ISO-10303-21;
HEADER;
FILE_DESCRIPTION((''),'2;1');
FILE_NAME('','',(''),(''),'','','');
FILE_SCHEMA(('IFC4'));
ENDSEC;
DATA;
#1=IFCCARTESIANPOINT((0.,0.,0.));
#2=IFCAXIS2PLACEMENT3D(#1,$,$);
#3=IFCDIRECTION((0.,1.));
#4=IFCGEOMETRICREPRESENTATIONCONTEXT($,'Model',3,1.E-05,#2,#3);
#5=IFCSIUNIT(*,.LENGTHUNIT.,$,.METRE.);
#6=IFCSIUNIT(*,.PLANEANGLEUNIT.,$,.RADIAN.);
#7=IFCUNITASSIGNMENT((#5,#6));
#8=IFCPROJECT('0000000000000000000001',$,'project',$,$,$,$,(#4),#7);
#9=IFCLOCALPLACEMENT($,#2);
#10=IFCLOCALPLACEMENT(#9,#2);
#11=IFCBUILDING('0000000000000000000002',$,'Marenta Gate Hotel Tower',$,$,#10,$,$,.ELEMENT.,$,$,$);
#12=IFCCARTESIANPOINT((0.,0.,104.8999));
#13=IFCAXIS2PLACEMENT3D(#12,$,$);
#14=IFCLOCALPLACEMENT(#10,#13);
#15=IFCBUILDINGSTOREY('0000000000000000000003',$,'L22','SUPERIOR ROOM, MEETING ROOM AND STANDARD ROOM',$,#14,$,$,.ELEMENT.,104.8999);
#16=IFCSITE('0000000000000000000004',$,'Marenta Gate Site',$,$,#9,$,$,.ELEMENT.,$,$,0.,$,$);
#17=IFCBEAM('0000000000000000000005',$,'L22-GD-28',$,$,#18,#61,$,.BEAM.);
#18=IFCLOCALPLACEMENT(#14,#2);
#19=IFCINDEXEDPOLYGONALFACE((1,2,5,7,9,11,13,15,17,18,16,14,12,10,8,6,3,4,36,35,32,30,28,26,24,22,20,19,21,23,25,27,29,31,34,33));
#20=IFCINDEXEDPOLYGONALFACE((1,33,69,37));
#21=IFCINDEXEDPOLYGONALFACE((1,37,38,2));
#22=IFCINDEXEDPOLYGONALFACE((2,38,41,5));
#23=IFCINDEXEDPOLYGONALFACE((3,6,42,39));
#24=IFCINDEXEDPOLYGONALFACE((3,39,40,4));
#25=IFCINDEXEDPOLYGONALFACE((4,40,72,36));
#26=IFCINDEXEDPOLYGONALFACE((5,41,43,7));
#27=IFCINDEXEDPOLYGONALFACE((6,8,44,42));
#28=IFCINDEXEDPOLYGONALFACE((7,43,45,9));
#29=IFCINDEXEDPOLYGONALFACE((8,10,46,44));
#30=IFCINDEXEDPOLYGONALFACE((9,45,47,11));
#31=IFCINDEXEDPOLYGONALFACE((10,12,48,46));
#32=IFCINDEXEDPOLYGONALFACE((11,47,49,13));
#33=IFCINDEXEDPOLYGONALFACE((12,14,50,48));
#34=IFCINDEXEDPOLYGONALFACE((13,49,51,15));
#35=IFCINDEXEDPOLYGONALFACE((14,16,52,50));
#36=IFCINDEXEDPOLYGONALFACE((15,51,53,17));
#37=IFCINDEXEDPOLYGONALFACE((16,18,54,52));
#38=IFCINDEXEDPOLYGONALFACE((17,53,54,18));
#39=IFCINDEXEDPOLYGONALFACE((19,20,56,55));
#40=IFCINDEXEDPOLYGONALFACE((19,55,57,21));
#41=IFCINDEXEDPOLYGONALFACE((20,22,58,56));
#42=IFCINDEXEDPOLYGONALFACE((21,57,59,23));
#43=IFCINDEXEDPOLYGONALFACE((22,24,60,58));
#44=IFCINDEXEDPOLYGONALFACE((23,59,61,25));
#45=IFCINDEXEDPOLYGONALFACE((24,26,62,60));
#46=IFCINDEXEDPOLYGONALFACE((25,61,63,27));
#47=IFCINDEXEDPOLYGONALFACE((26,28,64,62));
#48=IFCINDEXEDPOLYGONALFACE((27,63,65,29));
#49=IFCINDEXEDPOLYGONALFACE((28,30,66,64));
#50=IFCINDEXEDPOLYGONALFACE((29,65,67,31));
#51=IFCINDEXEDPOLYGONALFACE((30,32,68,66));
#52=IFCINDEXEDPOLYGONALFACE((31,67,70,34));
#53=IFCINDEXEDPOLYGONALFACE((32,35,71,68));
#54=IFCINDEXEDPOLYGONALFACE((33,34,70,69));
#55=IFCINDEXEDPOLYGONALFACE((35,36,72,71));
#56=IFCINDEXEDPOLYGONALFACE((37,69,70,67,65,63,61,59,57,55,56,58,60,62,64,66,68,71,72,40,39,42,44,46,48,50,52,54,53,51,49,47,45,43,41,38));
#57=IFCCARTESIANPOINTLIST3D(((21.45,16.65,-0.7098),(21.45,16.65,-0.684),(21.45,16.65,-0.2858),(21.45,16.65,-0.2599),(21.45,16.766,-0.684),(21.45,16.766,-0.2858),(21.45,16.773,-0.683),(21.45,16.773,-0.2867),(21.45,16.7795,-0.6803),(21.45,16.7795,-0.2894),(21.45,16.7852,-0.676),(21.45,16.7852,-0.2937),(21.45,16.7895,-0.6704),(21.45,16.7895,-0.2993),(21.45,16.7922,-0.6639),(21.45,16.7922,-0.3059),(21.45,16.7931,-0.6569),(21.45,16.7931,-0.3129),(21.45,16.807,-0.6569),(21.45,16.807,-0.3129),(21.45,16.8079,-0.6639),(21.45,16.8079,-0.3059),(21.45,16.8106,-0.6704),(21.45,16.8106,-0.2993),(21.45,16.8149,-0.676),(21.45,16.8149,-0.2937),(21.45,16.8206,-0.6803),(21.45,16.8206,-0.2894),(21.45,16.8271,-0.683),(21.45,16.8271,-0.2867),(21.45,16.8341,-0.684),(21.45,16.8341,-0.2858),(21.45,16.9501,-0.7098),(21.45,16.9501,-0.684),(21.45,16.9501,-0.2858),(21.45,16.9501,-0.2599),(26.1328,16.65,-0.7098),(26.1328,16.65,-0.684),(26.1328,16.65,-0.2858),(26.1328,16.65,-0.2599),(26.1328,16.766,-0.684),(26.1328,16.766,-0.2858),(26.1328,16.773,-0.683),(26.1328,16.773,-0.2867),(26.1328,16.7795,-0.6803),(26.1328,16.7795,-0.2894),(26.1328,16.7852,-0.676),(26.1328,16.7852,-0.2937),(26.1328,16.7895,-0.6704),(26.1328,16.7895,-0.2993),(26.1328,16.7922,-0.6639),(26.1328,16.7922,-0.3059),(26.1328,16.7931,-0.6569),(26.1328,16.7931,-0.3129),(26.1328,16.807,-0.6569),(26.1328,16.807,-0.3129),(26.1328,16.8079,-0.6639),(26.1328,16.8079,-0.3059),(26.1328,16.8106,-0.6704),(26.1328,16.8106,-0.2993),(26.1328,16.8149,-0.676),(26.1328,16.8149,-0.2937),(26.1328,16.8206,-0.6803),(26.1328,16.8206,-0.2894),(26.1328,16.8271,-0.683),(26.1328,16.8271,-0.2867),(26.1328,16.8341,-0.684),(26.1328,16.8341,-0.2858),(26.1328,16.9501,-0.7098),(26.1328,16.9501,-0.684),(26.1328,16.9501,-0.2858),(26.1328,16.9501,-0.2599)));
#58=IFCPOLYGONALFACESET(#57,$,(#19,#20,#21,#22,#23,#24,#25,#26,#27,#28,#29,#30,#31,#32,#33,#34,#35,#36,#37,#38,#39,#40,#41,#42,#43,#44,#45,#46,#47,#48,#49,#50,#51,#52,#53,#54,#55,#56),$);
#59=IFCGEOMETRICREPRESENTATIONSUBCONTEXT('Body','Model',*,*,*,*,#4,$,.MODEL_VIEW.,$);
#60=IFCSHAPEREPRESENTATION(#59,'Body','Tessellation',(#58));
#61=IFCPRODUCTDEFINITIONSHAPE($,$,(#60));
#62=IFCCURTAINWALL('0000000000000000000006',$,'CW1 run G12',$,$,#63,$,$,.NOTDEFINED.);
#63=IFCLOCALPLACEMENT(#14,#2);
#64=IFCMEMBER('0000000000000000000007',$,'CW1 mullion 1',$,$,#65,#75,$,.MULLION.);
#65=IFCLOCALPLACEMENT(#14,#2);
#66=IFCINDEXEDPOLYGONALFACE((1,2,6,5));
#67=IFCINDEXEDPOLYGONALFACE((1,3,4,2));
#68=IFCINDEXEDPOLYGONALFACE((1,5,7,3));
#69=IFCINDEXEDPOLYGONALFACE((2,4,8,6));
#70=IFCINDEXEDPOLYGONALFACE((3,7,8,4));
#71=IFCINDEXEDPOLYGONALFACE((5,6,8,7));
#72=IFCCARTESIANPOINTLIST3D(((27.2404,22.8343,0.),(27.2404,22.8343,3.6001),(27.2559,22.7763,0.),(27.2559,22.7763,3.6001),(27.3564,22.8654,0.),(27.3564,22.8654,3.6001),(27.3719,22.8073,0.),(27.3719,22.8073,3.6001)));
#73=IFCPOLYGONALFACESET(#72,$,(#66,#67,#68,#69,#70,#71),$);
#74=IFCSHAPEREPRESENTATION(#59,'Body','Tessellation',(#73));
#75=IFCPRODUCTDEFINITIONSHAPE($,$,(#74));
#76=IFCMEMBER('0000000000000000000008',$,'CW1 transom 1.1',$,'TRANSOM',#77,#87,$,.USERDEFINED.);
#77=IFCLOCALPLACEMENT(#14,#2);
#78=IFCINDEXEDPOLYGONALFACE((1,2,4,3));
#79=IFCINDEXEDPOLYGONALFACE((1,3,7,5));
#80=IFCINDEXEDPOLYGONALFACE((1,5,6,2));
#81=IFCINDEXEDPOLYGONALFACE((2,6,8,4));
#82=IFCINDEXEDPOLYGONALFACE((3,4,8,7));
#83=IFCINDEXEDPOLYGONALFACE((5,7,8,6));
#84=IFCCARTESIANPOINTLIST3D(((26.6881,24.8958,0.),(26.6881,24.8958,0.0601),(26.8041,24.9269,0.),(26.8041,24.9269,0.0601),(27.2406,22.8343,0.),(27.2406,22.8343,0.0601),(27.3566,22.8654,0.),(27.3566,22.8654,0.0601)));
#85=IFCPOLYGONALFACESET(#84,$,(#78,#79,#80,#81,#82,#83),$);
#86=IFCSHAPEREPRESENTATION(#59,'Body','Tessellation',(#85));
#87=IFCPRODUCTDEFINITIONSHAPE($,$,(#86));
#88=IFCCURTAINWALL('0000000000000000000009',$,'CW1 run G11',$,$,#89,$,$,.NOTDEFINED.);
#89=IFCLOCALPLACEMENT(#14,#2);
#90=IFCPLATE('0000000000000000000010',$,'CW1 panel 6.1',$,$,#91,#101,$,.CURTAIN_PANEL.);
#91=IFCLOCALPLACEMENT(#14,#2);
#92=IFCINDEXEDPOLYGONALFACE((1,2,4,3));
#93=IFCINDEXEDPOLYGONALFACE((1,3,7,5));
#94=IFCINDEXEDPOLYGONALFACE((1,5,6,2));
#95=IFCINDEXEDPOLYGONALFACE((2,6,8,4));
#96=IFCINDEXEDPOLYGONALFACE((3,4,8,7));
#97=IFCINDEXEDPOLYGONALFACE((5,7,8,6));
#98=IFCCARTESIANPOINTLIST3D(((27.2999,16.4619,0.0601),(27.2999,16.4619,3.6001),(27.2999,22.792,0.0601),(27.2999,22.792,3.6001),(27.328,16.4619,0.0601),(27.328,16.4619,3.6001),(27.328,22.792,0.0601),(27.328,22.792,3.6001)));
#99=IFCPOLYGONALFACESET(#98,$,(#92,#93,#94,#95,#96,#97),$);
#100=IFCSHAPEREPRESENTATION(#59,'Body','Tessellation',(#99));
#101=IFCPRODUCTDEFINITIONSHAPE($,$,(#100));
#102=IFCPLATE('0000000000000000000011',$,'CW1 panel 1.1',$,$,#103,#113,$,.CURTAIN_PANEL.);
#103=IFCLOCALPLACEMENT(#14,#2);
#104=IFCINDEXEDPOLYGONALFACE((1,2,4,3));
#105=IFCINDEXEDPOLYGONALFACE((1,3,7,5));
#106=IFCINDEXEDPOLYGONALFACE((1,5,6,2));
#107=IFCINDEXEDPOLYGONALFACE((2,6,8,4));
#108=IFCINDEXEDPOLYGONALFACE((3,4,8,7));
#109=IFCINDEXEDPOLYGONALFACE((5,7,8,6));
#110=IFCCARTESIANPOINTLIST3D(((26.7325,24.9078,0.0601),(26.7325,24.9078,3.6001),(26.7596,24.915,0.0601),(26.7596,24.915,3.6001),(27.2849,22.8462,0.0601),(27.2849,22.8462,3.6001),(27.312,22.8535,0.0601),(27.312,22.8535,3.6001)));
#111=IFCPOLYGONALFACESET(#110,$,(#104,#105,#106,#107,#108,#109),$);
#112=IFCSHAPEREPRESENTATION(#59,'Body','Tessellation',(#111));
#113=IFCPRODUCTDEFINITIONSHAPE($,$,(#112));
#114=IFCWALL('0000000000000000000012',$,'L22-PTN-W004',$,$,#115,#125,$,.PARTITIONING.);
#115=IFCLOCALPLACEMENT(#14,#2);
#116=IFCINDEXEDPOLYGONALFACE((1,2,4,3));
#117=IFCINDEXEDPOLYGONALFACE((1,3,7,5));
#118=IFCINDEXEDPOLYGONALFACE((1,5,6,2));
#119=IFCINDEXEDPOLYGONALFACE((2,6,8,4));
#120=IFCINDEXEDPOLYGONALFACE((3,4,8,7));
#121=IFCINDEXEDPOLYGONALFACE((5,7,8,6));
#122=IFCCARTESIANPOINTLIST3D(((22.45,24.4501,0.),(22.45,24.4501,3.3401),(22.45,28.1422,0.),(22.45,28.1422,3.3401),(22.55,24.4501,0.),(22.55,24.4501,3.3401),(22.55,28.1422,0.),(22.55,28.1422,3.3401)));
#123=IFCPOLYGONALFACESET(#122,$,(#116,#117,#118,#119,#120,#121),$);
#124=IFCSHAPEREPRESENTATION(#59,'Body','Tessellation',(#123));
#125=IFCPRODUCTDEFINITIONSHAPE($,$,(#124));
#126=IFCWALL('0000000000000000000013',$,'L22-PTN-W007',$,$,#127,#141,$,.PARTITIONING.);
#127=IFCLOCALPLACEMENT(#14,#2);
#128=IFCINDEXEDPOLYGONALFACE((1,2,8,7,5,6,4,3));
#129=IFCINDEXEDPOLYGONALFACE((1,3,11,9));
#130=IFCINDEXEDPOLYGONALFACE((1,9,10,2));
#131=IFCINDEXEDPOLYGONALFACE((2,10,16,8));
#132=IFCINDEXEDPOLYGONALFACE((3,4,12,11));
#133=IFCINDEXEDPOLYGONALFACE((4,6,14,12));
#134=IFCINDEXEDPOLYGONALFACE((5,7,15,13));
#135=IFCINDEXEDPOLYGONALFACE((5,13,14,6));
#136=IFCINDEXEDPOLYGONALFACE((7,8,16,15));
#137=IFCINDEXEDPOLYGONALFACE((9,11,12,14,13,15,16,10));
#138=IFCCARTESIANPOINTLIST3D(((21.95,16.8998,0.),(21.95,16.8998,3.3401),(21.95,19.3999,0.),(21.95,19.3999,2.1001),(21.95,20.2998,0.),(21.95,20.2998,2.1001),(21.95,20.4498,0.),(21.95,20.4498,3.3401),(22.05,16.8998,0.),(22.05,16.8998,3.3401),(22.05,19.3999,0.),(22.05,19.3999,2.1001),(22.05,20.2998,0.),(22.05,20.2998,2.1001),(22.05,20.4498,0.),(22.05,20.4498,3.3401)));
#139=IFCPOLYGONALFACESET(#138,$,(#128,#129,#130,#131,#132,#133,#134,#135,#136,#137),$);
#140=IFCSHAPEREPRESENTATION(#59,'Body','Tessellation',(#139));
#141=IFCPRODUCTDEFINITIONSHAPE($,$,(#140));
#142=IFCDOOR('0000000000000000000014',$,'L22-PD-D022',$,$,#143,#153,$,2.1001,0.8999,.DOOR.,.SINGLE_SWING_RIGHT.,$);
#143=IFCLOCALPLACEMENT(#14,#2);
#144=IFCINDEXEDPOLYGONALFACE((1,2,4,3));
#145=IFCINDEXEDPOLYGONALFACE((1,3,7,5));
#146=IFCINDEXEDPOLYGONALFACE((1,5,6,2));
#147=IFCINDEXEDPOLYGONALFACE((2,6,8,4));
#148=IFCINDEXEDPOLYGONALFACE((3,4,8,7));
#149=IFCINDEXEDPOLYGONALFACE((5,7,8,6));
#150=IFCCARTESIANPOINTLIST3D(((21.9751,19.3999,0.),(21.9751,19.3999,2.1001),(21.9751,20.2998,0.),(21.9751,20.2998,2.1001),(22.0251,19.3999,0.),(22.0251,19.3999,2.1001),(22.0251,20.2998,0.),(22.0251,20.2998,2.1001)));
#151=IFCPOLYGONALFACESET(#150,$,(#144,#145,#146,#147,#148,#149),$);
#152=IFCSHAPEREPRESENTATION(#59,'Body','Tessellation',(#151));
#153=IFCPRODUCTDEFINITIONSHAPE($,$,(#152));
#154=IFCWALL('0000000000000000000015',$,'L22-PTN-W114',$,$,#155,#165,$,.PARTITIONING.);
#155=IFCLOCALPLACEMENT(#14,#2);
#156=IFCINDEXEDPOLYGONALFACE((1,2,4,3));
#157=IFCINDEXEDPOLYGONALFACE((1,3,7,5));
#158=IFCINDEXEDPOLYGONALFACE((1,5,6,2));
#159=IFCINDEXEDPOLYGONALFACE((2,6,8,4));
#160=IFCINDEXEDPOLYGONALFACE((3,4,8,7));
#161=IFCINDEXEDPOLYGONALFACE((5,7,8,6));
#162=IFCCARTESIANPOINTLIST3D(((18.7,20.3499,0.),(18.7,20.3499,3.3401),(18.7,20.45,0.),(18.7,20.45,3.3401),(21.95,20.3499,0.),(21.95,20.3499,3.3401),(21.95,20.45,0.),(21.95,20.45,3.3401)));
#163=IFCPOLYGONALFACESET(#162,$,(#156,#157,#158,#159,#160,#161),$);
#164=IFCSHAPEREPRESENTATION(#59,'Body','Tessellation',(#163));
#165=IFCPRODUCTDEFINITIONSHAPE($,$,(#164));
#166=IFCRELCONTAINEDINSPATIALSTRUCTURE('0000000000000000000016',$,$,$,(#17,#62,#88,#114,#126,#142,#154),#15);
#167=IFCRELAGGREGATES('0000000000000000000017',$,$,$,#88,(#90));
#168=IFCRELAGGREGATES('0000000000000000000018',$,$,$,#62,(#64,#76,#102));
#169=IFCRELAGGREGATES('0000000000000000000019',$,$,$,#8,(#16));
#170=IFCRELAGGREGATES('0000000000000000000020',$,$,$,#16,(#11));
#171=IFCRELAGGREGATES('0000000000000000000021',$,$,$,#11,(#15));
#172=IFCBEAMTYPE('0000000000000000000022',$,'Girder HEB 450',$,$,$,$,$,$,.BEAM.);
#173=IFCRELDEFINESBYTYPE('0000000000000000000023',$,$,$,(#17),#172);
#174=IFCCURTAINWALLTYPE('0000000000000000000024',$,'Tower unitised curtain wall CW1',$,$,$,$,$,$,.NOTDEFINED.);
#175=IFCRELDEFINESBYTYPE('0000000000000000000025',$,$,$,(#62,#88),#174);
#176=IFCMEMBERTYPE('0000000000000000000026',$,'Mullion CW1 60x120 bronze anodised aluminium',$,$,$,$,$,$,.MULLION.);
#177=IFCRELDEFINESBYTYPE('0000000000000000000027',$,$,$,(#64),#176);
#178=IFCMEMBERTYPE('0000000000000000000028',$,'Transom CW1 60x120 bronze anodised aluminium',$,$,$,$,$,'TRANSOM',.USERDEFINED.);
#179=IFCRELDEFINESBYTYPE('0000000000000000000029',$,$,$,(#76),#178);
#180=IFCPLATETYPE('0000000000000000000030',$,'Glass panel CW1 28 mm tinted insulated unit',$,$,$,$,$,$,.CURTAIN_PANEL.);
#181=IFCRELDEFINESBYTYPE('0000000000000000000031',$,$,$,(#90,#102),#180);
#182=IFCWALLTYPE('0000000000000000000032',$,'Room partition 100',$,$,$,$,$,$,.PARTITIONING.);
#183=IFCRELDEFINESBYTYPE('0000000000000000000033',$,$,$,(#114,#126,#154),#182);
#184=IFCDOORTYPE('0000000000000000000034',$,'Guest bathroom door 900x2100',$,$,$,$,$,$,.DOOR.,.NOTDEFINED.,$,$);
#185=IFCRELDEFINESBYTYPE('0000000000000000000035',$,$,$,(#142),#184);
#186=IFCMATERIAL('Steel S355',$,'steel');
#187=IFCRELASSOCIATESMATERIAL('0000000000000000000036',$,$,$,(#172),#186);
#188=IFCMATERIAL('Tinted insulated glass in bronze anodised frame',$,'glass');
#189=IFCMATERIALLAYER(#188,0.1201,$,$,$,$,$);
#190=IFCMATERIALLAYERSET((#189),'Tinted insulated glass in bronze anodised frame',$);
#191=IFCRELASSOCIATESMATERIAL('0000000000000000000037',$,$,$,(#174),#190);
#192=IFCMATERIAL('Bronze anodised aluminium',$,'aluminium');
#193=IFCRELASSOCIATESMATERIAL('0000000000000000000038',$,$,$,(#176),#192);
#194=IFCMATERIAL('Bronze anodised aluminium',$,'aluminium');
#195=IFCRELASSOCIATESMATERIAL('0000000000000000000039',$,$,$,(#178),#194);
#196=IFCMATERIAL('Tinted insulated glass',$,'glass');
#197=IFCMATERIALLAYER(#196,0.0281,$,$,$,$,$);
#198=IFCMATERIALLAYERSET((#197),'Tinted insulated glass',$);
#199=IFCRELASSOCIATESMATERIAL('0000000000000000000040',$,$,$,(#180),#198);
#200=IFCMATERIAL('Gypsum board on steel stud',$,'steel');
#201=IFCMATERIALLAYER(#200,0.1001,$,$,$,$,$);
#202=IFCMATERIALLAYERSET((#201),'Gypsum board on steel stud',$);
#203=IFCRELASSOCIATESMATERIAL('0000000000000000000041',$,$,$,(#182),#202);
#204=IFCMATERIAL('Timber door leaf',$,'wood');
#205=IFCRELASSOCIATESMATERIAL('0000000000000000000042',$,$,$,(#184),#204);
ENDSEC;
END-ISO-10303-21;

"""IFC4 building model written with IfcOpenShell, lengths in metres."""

from ifc_helpers import new_model, si_unit, direction, frame, frame_2d, origin, origin_2d, place, context, subcontext, project, spatial, rectangle, i_section, extrude, material, layer, layer_set, material_profile, profile_set, type_object, element, fill, aggregate, save


model = new_model("IFC4")

# Units and contexts
model_context = context("Model", 3, precision=1e-05, world=origin(), true_north=direction((0.0, 1.0)))
body_context = subcontext(model_context, "Body", "Model", "MODEL_VIEW")
ifc_project = project(units=[si_unit("LENGTHUNIT", "METRE"), si_unit("PLANEANGLEUNIT", "RADIAN")], contexts=[model_context])

# Site, building, storey
site_placement = place(None, origin())
site = spatial("IfcSite", under=ifc_project, at=site_placement, Name="Marenta Gate Site", CompositionType="ELEMENT", RefElevation=0.0)
building_placement = place(site_placement, origin())
building = spatial("IfcBuilding", under=site, at=building_placement, Name="Marenta Gate Hotel Tower", CompositionType="ELEMENT")
storey_placement = place(building_placement, frame((0.0, 0.0, 104.8999)))
storey = spatial("IfcBuildingStorey", under=building, at=storey_placement, Name="L22", Description="SUPERIOR ROOM, MEETING ROOM AND STANDARD ROOM", CompositionType="ELEMENT", Elevation=104.8999)

# Beam
ifc_material_1 = material(Name="Steel S355", Category="steel")
ifc_material_profile_1 = material_profile(ifc_material_1, i_section(OverallWidth=0.3, OverallDepth=0.45, WebThickness=0.0139, FlangeThickness=0.0259, FilletRadius=0.0271, at=origin_2d()), Name="HEB 450")
ifc_profile_set_1 = profile_set([ifc_material_profile_1], Name="Steel S355")
beam_type_1 = type_object("IfcBeamType", Name="Girder HEB 450", PredefinedType="BEAM", material=ifc_profile_set_1)
beam_1_placement = place(storey_placement, frame((21.45, 16.8, -0.4849), z_axis=(1.0, 0.0, 0.0), x_axis=(0.0, 1.0, 0.0)))
element("IfcBeam", 1, at=beam_1_placement, inside=storey, type_object=beam_type_1, Name="L22-GD-28", PredefinedType="BEAM", context=body_context, shape_type="SweptSolid", body=[
    extrude(i_section(OverallWidth=0.3, OverallDepth=0.45, WebThickness=0.0139, FlangeThickness=0.0259, FilletRadius=0.0271, at=origin_2d()), origin(), (0.0, 0.0, 1.0), 4.6829),
])

# Curtain wall, members
ifc_material_2 = material(Name="Tinted insulated glass in bronze anodised frame", Category="glass")
ifc_layer_1 = layer(ifc_material_2, 0.1201)
ifc_layer_set_1 = layer_set([ifc_layer_1], Name="Tinted insulated glass in bronze anodised frame")
curtain_wall_type = type_object("IfcCurtainWallType", Name="Tower unitised curtain wall CW1", PredefinedType="NOTDEFINED", material=ifc_layer_set_1)
curtain_wall_1_placement = place(storey_placement, origin())
curtain_wall_1 = element("IfcCurtainWall", 2, at=curtain_wall_1_placement, inside=storey, type_object=curtain_wall_type, Name="CW1 run G12", PredefinedType="NOTDEFINED")
ifc_material_3 = material(Name="Bronze anodised aluminium", Category="aluminium")
ifc_material_profile_2 = material_profile(ifc_material_3, rectangle(XDim=0.1201, YDim=0.0601, at=origin_2d()), Name="Mullion CW1 60x120 bronze anodised aluminium")
ifc_profile_set_2 = profile_set([ifc_material_profile_2], Name="Bronze anodised aluminium")
member_type_1 = type_object("IfcMemberType", Name="Mullion CW1 60x120 bronze anodised aluminium", PredefinedType="MULLION", material=ifc_profile_set_2)
member_1_placement = place(storey_placement, frame((27.3062, 22.8208, 0.0), z_axis=(0.0, 0.0, 1.0), x_axis=(-0.965925, -0.258823, 0.0)))
member_1 = element("IfcMember", 3, at=member_1_placement, type_object=member_type_1, Name="CW1 mullion 1", PredefinedType="MULLION", context=body_context, shape_type="SweptSolid", body=[
    extrude(rectangle(XDim=0.1201, YDim=0.0601, at=origin_2d()), origin(), (0.0, 0.0, 1.0), 3.6001),
])
ifc_material_4 = material(Name="Bronze anodised aluminium", Category="aluminium")
ifc_material_profile_3 = material_profile(ifc_material_4, rectangle(XDim=0.1201, YDim=0.0601, at=origin_2d()), Name="Transom CW1 60x120 bronze anodised aluminium")
ifc_profile_set_3 = profile_set([ifc_material_profile_3], Name="Bronze anodised aluminium")
member_type_2 = type_object("IfcMemberType", Name="Transom CW1 60x120 bronze anodised aluminium", ElementType="TRANSOM", PredefinedType="USERDEFINED", material=ifc_profile_set_3)
member_2_placement = place(storey_placement, frame((27.2986, 22.8499, 0.03), z_axis=(-0.258866, 0.965913, 0.0), x_axis=(-0.965913, -0.258866, 0.0)))
member_2 = element("IfcMember", 4, at=member_2_placement, type_object=member_type_2, Name="CW1 transom 1.1", ObjectType="TRANSOM", PredefinedType="USERDEFINED", context=body_context, shape_type="SweptSolid", body=[
    extrude(rectangle(XDim=0.1201, YDim=0.0601, at=origin_2d()), origin(), (0.0, 0.0, 1.0), 2.1343),
])

# Curtain wall, plate
curtain_wall_2_placement = place(storey_placement, origin())
curtain_wall_2 = element("IfcCurtainWall", 5, at=curtain_wall_2_placement, inside=storey, type_object=curtain_wall_type, Name="CW1 run G11", PredefinedType="NOTDEFINED")
ifc_material_5 = material(Name="Tinted insulated glass", Category="glass")
ifc_layer_2 = layer(ifc_material_5, 0.0281)
ifc_layer_set_2 = layer_set([ifc_layer_2], Name="Tinted insulated glass")
plate_type = type_object("IfcPlateType", Name="Glass panel CW1 28 mm tinted insulated unit", PredefinedType="CURTAIN_PANEL", material=ifc_layer_set_2)
plate_1_placement = place(storey_placement, frame((27.314, 19.627, 0.0601), z_axis=(0.0, 0.0, 1.0), x_axis=(0.0, 1.0, 0.0)))
plate_1 = element("IfcPlate", 6, at=plate_1_placement, type_object=plate_type, Name="CW1 panel 6.1", PredefinedType="CURTAIN_PANEL", context=body_context, shape_type="SweptSolid", body=[
    extrude(rectangle(XDim=6.3301, YDim=0.0281, at=origin_2d()), origin(), (0.0, 0.0, 1.0), 3.54),
])
aggregate(curtain_wall_2, [plate_1])

# Plate
plate_2_placement = place(storey_placement, frame((27.0222, 23.8806, 0.0601), z_axis=(0.0, 0.0, 1.0), x_axis=(-0.258823, 0.965925, 0.0)))
plate_2 = element("IfcPlate", 7, at=plate_2_placement, type_object=plate_type, Name="CW1 panel 1.1", PredefinedType="CURTAIN_PANEL", context=body_context, shape_type="SweptSolid", body=[
    extrude(rectangle(XDim=2.1343, YDim=0.0281, at=origin_2d()), origin(), (0.0, 0.0, 1.0), 3.54),
])
aggregate(curtain_wall_1, [member_1, member_2, plate_2])

# Wall
ifc_material_6 = material(Name="Gypsum board on steel stud", Category="steel")
ifc_layer_3 = layer(ifc_material_6, 0.1001)
ifc_layer_set_3 = layer_set([ifc_layer_3], Name="Gypsum board on steel stud")
wall_type_1 = type_object("IfcWallType", Name="Room partition 100", PredefinedType="PARTITIONING", material=ifc_layer_set_3)
wall_1_placement = place(storey_placement, frame((22.5, 24.45, 0.0), z_axis=(0.0, 0.0, 1.0), x_axis=(0.0, 1.0, 0.0)))
element("IfcWall", 8, at=wall_1_placement, inside=storey, type_object=wall_type_1, Name="L22-PTN-W004", PredefinedType="PARTITIONING", context=body_context, shape_type="SweptSolid", body=[
    extrude(rectangle(XDim=3.6921, YDim=0.1001, at=frame_2d((1.8462, 0.0))), origin(), (0.0, 0.0, 1.0), 3.3401),
])

# Wall, opening, door
wall_2_placement = place(storey_placement, frame((22.0, 16.8999, 0.0), z_axis=(0.0, 0.0, 1.0), x_axis=(0.0, 1.0, 0.0)))
wall_2 = element("IfcWall", 9, at=wall_2_placement, inside=storey, type_object=wall_type_1, Name="L22-PTN-W007", PredefinedType="PARTITIONING", context=body_context, shape_type="SweptSolid", body=[
    extrude(rectangle(XDim=3.55, YDim=0.1001, at=frame_2d((1.7749, 0.0))), origin(), (0.0, 0.0, 1.0), 3.3401),
])
opening_1_placement = place(wall_2_placement, frame((2.5, 0.0, 0.0)))
opening_1 = element("IfcOpeningElement", 10, at=opening_1_placement, cuts=wall_2, PredefinedType="OPENING", context=body_context, shape_type="SweptSolid", body=[
    extrude(rectangle(XDim=0.8999, YDim=2.1001, at=frame_2d((0.45, 1.05))), frame((0.0, 0.05, 0.0), z_axis=(0.0, -1.0, 0.0), x_axis=(1.0, 0.0, 0.0)), (0.0, 0.0, 1.0), 0.1001),
])
ifc_material_7 = material(Name="Timber door leaf", Category="wood")
door_type = type_object("IfcDoorType", Name="Guest bathroom door 900x2100", OperationType="NOTDEFINED", PredefinedType="DOOR", material=ifc_material_7)
door_1_placement = place(opening_1_placement, origin())
door_1 = element("IfcDoor", 11, at=door_1_placement, inside=storey, type_object=door_type, Name="L22-PD-D022", OperationType="SINGLE_SWING_RIGHT", OverallHeight=2.1001, OverallWidth=0.8999, PredefinedType="DOOR", context=body_context, shape_type="SweptSolid", body=[
    extrude(rectangle(XDim=0.8999, YDim=2.1001, at=frame_2d((0.45, 1.05))), frame((0.0, 0.0249, 0.0), z_axis=(0.0, -1.0, 0.0), x_axis=(1.0, 0.0, 0.0)), (0.0, 0.0, 1.0), 0.05),
])
fill(opening_1, door_1)

# Wall
wall_3_placement = place(storey_placement, frame((18.7, 20.3999, 0.0), z_axis=(0.0, 0.0, 1.0), x_axis=(1.0, 0.0, 0.0)))
element("IfcWall", 12, at=wall_3_placement, inside=storey, type_object=wall_type_1, Name="L22-PTN-W114", PredefinedType="PARTITIONING", context=body_context, shape_type="SweptSolid", body=[
    extrude(rectangle(XDim=3.25, YDim=0.1001, at=frame_2d((1.625, 0.0))), origin(), (0.0, 0.0, 1.0), 3.3401),
])

save(model, "model.ifc")
